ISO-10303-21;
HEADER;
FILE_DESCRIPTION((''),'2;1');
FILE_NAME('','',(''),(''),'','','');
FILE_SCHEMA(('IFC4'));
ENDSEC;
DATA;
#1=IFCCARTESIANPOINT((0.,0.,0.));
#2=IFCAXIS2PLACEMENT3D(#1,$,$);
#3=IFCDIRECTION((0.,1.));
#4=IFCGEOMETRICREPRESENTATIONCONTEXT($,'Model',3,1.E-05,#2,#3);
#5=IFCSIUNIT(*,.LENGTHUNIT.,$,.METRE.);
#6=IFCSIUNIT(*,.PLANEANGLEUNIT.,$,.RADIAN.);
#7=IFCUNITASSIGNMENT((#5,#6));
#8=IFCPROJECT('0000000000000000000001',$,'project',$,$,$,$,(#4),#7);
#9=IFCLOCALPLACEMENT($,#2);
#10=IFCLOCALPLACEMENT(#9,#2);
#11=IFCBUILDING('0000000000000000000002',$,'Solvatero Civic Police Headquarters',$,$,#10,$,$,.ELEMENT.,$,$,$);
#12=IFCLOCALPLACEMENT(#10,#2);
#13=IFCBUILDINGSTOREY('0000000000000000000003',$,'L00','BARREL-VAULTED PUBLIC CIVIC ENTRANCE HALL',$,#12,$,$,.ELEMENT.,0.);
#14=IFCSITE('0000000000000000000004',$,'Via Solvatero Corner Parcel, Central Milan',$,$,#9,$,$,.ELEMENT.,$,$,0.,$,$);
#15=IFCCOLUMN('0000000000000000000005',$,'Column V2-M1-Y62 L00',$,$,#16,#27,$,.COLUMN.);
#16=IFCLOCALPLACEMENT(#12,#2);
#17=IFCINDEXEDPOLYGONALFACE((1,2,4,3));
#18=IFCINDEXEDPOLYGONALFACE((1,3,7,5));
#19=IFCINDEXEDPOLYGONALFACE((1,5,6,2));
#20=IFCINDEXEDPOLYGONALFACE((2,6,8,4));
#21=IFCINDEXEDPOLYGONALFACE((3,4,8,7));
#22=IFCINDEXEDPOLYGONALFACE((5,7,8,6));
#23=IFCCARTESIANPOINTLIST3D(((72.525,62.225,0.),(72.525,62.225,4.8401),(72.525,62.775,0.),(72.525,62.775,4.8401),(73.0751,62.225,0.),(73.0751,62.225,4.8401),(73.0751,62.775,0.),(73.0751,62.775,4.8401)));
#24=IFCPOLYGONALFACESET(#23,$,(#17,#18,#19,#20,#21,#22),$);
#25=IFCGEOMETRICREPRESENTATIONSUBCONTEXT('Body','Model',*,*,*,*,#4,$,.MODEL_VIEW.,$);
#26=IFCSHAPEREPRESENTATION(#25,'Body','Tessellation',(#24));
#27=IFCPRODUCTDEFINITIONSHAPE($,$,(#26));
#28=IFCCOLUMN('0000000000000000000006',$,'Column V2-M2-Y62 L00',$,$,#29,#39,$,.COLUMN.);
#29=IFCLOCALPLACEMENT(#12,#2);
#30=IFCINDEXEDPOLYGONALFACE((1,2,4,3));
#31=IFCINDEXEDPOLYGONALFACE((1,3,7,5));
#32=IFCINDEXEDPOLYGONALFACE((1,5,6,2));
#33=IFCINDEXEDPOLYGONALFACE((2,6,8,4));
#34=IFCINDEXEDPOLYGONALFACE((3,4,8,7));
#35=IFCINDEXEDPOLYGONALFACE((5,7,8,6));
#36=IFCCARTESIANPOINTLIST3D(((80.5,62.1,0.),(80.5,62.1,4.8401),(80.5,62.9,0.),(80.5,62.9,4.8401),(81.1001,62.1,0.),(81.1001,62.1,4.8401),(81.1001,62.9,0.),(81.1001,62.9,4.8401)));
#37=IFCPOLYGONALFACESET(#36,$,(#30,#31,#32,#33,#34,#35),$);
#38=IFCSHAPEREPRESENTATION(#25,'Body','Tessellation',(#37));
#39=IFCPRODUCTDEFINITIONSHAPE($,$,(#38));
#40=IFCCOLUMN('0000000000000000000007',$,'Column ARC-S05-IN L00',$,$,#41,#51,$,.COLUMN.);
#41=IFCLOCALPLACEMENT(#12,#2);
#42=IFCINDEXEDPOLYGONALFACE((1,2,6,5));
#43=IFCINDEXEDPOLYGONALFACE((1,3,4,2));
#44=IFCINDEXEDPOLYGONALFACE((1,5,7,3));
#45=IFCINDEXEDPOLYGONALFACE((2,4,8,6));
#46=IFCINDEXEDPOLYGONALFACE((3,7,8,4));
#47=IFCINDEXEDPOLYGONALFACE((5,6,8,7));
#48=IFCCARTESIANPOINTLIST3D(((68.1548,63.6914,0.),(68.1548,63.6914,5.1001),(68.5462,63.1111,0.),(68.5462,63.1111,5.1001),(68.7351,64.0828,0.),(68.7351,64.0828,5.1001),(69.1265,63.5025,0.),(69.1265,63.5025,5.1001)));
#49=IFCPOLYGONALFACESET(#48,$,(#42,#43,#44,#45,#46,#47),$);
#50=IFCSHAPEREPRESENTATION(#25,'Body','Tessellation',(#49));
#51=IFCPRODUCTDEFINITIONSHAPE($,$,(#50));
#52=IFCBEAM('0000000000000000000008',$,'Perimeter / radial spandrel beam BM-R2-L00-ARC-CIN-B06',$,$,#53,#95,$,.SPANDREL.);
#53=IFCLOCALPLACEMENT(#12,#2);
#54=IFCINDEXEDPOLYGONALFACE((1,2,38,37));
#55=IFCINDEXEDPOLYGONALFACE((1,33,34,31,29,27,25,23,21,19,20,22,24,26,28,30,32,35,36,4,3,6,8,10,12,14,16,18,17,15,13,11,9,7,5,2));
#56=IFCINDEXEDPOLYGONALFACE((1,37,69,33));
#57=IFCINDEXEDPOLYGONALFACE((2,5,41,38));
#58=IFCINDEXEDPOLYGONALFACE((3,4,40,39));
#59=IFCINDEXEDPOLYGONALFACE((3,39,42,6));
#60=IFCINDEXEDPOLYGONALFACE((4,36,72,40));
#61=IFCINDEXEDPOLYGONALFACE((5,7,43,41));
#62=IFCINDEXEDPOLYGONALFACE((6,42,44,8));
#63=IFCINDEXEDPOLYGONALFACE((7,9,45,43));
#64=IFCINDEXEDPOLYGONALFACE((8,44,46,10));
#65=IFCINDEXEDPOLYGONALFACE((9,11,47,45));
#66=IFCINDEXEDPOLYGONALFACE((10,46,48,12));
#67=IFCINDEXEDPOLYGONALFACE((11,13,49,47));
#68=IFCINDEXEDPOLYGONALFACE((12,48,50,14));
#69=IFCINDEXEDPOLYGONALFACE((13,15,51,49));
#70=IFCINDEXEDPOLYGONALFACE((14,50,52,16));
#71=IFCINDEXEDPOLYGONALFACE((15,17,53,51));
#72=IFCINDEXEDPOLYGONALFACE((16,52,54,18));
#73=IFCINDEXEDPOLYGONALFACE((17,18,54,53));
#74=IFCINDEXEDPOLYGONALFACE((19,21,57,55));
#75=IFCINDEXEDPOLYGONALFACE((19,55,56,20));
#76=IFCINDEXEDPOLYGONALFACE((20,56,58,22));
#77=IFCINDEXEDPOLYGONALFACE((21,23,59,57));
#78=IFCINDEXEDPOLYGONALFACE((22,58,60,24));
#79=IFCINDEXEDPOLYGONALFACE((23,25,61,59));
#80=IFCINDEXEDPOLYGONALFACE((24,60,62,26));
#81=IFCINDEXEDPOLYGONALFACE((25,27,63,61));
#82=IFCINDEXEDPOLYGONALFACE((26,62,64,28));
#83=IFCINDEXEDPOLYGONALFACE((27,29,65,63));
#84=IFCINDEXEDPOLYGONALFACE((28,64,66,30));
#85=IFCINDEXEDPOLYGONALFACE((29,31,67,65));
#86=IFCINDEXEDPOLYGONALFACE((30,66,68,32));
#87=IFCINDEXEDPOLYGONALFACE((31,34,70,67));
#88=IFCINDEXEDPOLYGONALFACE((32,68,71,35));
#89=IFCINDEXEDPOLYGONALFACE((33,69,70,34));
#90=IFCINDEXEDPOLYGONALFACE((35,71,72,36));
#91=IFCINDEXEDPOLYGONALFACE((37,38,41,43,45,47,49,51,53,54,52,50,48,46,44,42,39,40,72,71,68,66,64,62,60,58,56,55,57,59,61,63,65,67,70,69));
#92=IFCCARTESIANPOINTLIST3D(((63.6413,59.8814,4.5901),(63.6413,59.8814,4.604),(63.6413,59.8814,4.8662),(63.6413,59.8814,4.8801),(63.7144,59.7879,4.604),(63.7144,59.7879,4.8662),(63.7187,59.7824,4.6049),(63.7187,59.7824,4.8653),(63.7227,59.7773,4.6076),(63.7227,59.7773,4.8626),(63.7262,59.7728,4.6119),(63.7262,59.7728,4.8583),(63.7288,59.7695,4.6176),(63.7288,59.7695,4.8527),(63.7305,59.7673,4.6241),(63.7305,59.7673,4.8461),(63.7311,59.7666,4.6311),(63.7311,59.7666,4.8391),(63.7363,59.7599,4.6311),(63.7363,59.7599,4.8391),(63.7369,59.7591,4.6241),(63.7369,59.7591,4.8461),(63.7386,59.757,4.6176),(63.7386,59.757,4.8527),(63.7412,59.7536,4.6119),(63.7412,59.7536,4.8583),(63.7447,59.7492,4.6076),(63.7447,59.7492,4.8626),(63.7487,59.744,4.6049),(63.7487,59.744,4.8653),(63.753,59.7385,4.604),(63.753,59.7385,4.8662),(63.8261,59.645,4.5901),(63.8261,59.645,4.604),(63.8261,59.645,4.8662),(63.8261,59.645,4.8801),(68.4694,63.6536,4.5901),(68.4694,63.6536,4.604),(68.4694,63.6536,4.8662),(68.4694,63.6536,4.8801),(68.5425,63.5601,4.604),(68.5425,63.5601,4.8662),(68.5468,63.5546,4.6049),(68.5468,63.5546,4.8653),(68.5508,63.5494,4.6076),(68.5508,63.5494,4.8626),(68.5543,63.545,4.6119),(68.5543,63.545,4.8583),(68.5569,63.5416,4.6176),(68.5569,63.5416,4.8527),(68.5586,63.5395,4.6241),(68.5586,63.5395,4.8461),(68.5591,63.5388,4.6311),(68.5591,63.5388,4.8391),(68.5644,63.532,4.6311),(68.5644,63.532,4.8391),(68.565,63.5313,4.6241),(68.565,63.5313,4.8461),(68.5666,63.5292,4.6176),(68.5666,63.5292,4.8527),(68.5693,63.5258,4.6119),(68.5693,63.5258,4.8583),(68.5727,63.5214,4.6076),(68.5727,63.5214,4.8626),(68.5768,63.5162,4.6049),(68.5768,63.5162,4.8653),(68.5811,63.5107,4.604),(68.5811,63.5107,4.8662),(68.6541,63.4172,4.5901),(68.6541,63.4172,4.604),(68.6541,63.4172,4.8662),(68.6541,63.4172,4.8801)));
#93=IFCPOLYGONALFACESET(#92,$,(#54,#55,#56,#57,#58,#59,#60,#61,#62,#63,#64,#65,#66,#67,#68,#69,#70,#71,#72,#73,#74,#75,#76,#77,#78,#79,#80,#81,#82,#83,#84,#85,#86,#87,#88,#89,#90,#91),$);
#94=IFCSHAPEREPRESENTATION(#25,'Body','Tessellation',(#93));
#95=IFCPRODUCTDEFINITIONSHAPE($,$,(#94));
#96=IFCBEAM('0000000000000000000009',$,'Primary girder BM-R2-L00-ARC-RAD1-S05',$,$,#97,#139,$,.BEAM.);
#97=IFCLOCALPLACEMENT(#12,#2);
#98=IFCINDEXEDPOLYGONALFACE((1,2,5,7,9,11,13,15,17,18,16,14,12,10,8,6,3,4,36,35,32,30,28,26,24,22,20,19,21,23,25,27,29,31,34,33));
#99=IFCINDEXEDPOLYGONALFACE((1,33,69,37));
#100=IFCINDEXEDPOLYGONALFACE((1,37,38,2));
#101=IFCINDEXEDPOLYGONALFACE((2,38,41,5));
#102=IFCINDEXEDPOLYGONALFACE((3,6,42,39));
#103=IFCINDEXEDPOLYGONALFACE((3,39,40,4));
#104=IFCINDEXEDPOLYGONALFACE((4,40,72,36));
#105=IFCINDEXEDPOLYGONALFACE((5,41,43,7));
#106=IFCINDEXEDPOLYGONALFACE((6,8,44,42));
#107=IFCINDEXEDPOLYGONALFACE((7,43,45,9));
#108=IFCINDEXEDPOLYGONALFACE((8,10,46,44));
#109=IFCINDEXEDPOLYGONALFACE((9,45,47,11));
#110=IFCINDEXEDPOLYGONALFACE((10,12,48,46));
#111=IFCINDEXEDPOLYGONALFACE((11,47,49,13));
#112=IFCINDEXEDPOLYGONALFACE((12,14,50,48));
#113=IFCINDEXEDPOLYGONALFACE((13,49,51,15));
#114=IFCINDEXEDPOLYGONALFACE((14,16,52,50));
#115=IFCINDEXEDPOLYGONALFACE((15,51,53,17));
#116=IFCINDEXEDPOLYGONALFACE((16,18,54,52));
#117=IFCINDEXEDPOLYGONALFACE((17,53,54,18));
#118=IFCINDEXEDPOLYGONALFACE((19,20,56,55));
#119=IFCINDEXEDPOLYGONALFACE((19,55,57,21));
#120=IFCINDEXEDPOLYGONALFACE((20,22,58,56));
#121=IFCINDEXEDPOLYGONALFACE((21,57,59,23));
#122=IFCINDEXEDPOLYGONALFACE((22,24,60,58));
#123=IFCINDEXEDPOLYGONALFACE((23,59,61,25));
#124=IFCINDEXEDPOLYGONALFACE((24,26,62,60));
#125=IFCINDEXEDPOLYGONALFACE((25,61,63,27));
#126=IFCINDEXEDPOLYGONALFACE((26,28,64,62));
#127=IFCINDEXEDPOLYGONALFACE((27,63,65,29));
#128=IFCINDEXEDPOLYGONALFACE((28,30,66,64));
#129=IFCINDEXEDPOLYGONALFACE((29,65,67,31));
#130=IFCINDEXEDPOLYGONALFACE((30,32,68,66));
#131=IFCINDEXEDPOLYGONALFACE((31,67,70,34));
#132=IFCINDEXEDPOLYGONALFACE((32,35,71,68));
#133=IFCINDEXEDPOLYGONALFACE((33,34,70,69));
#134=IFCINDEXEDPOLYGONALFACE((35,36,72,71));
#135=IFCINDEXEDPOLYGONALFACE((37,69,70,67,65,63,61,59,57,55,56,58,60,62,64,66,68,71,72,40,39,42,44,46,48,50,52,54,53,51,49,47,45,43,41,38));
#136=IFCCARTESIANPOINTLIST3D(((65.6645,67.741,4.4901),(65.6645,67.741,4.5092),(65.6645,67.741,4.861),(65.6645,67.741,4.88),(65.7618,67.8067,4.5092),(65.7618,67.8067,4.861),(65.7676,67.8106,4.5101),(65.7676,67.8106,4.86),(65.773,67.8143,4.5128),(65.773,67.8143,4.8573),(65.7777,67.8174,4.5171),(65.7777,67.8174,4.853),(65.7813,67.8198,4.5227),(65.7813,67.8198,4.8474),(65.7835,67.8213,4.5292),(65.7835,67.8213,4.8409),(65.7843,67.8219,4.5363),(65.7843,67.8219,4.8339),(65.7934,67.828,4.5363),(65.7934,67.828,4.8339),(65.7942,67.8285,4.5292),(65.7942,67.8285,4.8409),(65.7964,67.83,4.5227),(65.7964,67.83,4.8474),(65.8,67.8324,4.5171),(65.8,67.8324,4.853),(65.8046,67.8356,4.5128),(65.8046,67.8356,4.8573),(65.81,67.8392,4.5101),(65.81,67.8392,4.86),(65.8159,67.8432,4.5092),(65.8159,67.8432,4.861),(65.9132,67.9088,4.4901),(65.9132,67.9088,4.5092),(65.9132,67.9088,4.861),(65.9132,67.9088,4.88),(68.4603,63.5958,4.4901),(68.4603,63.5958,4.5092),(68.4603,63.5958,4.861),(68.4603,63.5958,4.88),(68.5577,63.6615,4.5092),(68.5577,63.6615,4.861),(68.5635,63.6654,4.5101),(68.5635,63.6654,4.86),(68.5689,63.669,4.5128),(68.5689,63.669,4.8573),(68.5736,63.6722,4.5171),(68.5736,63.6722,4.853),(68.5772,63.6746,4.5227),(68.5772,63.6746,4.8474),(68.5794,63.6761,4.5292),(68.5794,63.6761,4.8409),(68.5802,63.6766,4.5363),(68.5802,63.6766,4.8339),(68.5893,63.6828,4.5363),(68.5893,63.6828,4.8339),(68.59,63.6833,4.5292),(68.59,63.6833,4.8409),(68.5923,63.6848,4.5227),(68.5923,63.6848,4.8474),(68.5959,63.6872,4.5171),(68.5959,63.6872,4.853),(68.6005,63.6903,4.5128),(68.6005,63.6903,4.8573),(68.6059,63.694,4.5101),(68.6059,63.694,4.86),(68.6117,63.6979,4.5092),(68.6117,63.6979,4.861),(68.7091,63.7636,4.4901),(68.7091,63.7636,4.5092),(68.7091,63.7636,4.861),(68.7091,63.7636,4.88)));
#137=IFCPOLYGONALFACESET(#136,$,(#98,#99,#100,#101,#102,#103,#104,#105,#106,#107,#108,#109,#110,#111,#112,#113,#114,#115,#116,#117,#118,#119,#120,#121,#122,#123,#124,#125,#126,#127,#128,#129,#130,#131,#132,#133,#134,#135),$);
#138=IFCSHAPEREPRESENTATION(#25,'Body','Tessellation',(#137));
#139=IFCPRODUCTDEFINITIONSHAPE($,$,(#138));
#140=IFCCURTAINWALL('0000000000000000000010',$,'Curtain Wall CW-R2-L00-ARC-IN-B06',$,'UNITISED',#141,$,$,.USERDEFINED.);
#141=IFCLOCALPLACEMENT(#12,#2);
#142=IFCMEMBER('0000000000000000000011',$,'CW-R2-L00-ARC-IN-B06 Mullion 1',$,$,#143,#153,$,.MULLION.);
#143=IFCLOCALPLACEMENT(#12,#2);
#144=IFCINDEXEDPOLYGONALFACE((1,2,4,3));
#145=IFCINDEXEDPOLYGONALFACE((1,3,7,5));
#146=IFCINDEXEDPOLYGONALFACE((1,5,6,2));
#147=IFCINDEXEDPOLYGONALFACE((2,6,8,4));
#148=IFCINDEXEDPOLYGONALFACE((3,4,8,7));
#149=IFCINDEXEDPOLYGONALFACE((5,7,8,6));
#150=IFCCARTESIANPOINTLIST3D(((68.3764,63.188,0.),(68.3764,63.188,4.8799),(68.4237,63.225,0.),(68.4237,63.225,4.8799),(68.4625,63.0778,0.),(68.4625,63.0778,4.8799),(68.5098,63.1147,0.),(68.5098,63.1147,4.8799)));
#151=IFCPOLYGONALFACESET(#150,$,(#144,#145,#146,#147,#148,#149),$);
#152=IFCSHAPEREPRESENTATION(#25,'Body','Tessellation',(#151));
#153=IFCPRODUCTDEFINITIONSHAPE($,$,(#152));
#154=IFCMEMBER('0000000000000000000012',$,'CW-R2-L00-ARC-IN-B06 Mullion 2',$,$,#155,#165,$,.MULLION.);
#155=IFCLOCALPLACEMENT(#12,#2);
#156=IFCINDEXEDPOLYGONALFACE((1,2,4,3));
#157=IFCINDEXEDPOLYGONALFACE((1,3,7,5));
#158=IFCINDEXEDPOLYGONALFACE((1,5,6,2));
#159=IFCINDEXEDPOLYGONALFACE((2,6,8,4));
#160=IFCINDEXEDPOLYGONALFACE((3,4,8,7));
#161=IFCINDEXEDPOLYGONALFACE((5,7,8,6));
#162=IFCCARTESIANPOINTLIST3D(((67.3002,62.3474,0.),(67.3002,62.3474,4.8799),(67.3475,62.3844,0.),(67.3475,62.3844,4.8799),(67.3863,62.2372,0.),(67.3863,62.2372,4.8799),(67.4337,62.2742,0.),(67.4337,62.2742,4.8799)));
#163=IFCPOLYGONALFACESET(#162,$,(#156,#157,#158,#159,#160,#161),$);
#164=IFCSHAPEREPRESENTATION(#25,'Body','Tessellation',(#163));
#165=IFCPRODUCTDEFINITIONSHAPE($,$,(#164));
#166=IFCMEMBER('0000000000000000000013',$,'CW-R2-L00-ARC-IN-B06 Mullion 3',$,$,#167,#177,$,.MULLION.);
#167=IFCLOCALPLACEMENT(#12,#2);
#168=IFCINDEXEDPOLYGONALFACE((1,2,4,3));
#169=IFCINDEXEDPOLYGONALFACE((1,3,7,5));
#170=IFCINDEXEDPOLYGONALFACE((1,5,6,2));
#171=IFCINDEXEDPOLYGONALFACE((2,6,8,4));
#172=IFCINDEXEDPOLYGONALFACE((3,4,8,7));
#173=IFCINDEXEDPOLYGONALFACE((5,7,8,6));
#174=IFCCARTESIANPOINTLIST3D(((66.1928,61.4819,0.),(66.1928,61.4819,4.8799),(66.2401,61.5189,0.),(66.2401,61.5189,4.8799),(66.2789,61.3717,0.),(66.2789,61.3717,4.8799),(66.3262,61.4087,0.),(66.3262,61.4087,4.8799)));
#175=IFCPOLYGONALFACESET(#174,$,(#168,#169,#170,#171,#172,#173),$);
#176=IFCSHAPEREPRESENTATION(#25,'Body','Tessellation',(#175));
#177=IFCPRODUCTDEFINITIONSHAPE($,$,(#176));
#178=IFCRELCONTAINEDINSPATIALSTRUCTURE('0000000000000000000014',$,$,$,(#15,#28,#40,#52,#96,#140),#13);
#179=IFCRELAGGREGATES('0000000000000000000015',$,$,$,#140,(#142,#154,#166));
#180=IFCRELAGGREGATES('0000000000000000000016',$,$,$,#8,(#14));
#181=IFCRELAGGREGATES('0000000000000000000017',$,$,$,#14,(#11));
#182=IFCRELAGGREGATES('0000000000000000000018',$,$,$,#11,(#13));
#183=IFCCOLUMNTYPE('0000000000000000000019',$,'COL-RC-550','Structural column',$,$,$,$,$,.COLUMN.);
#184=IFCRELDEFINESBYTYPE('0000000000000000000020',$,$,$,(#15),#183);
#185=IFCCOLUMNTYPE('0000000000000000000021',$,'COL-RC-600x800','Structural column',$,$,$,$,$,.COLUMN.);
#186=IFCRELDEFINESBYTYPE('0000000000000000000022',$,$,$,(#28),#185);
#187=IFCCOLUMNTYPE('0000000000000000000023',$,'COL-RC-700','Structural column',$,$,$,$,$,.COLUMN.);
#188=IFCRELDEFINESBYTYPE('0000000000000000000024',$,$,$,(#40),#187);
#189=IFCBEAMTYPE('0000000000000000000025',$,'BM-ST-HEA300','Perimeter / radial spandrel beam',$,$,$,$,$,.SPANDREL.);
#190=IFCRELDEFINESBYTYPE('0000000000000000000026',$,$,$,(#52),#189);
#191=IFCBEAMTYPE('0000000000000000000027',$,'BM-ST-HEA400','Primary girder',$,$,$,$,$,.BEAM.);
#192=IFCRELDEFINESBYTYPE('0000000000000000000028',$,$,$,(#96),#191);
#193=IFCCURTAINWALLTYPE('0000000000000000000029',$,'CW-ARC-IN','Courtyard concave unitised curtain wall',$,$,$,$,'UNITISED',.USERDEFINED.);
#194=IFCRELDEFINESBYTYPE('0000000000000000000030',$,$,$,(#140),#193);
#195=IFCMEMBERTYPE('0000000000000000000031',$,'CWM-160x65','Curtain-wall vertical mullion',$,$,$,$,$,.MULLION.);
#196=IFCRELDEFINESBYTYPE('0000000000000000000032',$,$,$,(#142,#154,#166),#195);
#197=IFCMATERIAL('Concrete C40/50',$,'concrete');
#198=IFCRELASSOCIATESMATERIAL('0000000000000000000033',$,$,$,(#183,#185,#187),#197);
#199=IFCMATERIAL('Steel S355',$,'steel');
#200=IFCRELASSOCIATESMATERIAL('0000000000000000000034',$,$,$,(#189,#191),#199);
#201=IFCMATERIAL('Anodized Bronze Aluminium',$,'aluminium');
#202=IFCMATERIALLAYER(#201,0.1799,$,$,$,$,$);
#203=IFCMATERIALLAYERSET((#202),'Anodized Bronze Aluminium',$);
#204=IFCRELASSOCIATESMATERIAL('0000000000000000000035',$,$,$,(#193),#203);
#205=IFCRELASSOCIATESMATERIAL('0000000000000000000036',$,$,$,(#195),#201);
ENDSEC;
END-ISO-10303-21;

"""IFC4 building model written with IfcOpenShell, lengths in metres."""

from ifc_helpers import new_model, si_unit, direction, frame, origin, origin_2d, place, context, subcontext, project, spatial, rectangle, i_section, extrude, material, layer, layer_set, material_profile, profile_set, type_object, element, aggregate, save


model = new_model("IFC4")

# Units and contexts
model_context = context("Model", 3, precision=1e-05, world=origin(), true_north=direction((0.0, 1.0)))
body_context = subcontext(model_context, "Body", "Model", "MODEL_VIEW")
ifc_project = project(units=[si_unit("LENGTHUNIT", "METRE"), si_unit("PLANEANGLEUNIT", "RADIAN")], contexts=[model_context])

# Site, building, storey
site_placement = place(None, origin())
site = spatial("IfcSite", under=ifc_project, at=site_placement, Name="Via Solvatero Corner Parcel, Central Milan", CompositionType="ELEMENT", RefElevation=0.0)
building_placement = place(site_placement, origin())
building = spatial("IfcBuilding", under=site, at=building_placement, Name="Solvatero Civic Police Headquarters", CompositionType="ELEMENT")
storey_placement = place(building_placement, origin())
storey = spatial("IfcBuildingStorey", under=building, at=storey_placement, Name="L00", Description="BARREL-VAULTED PUBLIC CIVIC ENTRANCE HALL", CompositionType="ELEMENT", Elevation=0.0)

# Columns
ifc_material_1 = material(Name="Concrete C40/50", Category="concrete")
ifc_material_profile_1 = material_profile(ifc_material_1, rectangle(XDim=0.55, YDim=0.55, at=origin_2d()), Name="RC 550x550")
ifc_profile_set_1 = profile_set([ifc_material_profile_1], Name="Concrete C40/50")
column_type_1 = type_object("IfcColumnType", Name="COL-RC-550", Description="Structural column", PredefinedType="COLUMN", material=ifc_profile_set_1)
column_1_placement = place(storey_placement, frame((72.8, 62.5, 0.0), z_axis=(0.0, 0.0, 1.0), x_axis=(1.0, 0.0, 0.0)))
element("IfcColumn", 1, at=column_1_placement, inside=storey, type_object=column_type_1, Name="Column V2-M1-Y62 L00", PredefinedType="COLUMN", context=body_context, shape_type="SweptSolid", body=[
    extrude(rectangle(XDim=0.55, YDim=0.55, at=origin_2d()), origin(), (0.0, 0.0, 1.0), 4.8401),
])
ifc_material_profile_2 = material_profile(ifc_material_1, rectangle(XDim=0.6001, YDim=0.8, at=origin_2d()), Name="RC 600x800")
ifc_profile_set_2 = profile_set([ifc_material_profile_2], Name="Concrete C40/50")
column_type_2 = type_object("IfcColumnType", Name="COL-RC-600x800", Description="Structural column", PredefinedType="COLUMN", material=ifc_profile_set_2)
column_2_placement = place(storey_placement, frame((80.8, 62.5, 0.0), z_axis=(0.0, 0.0, 1.0), x_axis=(1.0, 0.0, 0.0)))
element("IfcColumn", 2, at=column_2_placement, inside=storey, type_object=column_type_2, Name="Column V2-M2-Y62 L00", PredefinedType="COLUMN", context=body_context, shape_type="SweptSolid", body=[
    extrude(rectangle(XDim=0.6001, YDim=0.8, at=origin_2d()), origin(), (0.0, 0.0, 1.0), 4.8401),
])
ifc_material_profile_3 = material_profile(ifc_material_1, rectangle(XDim=0.7, YDim=0.7, at=origin_2d()), Name="RC 700x700")
ifc_profile_set_3 = profile_set([ifc_material_profile_3], Name="Concrete C40/50")
column_type_3 = type_object("IfcColumnType", Name="COL-RC-700", Description="Structural column", PredefinedType="COLUMN", material=ifc_profile_set_3)
column_3_placement = place(storey_placement, frame((68.6406, 63.5969, 0.0), z_axis=(0.0, 0.0, 1.0), x_axis=(0.829038, 0.559193, 0.0)))
element("IfcColumn", 3, at=column_3_placement, inside=storey, type_object=column_type_3, Name="Column ARC-S05-IN L00", PredefinedType="COLUMN", context=body_context, shape_type="SweptSolid", body=[
    extrude(rectangle(XDim=0.7, YDim=0.7, at=origin_2d()), origin(), (0.0, 0.0, 1.0), 5.1001),
])

# Beams
ifc_material_2 = material(Name="Steel S355", Category="steel")
ifc_material_profile_4 = material_profile(ifc_material_2, i_section(OverallWidth=0.3, OverallDepth=0.29, WebThickness=0.0085, FlangeThickness=0.0139, FilletRadius=0.0271, at=origin_2d()), Name="HEA 300")
ifc_profile_set_4 = profile_set([ifc_material_profile_4], Name="Steel S355")
beam_type_1 = type_object("IfcBeamType", Name="BM-ST-HEA300", Description="Perimeter / radial spandrel beam", PredefinedType="SPANDREL", material=ifc_profile_set_4)
beam_1_placement = place(storey_placement, frame((68.5618, 63.5354, 4.7351), z_axis=(-0.788005, -0.615669, 0.0), x_axis=(0.615669, -0.788005, 0.0)))
element("IfcBeam", 4, at=beam_1_placement, inside=storey, type_object=beam_type_1, Name="Perimeter / radial spandrel beam BM-R2-L00-ARC-CIN-B06", PredefinedType="SPANDREL", context=body_context, shape_type="SweptSolid", body=[
    extrude(i_section(OverallWidth=0.3, OverallDepth=0.29, WebThickness=0.0085, FlangeThickness=0.0139, FilletRadius=0.0271, at=origin_2d()), origin(), (0.0, 0.0, 1.0), 6.127),
])
ifc_material_profile_5 = material_profile(ifc_material_2, i_section(OverallWidth=0.3, OverallDepth=0.3899, WebThickness=0.011, FlangeThickness=0.019, FilletRadius=0.0271, at=origin_2d()), Name="HEA 400")
ifc_profile_set_5 = profile_set([ifc_material_profile_5], Name="Steel S355")
beam_type_2 = type_object("IfcBeamType", Name="BM-ST-HEA400", Description="Primary girder", PredefinedType="BEAM", material=ifc_profile_set_5)
beam_2_placement = place(storey_placement, frame((68.5847, 63.6797, 4.6851), z_axis=(-0.559177, 0.829048, 0.0), x_axis=(-0.829048, -0.559177, 0.0)))
element("IfcBeam", 5, at=beam_2_placement, inside=storey, type_object=beam_type_2, Name="Primary girder BM-R2-L00-ARC-RAD1-S05", PredefinedType="BEAM", context=body_context, shape_type="SweptSolid", body=[
    extrude(i_section(OverallWidth=0.3, OverallDepth=0.3899, WebThickness=0.011, FlangeThickness=0.019, FilletRadius=0.0271, at=origin_2d()), origin(), (0.0, 0.0, 1.0), 5.0),
])

# Curtain wall, members
ifc_material_3 = material(Name="Anodized Bronze Aluminium", Category="aluminium")
ifc_layer_1 = layer(ifc_material_3, 0.1799)
ifc_layer_set_1 = layer_set([ifc_layer_1], Name="Anodized Bronze Aluminium")
curtain_wall_type = type_object("IfcCurtainWallType", Name="CW-ARC-IN", Description="Courtyard concave unitised curtain wall", ElementType="UNITISED", PredefinedType="USERDEFINED", material=ifc_layer_set_1)
curtain_wall_1_placement = place(storey_placement, origin())
curtain_wall_1 = element("IfcCurtainWall", 6, at=curtain_wall_1_placement, inside=storey, type_object=curtain_wall_type, Name="Curtain Wall CW-R2-L00-ARC-IN-B06", ObjectType="UNITISED", PredefinedType="USERDEFINED")
ifc_material_profile_6 = material_profile(ifc_material_3, rectangle(XDim=0.0601, YDim=0.1399, at=origin_2d()), Name="ALU MULLION 60x140")
ifc_profile_set_6 = profile_set([ifc_material_profile_6], Name="Anodized Bronze Aluminium")
member_type_1 = type_object("IfcMemberType", Name="CWM-160x65", Description="Curtain-wall vertical mullion", PredefinedType="MULLION", material=ifc_profile_set_6)
member_1_placement = place(storey_placement, frame((68.4431, 63.1514, 0.0), z_axis=(0.0, 0.0, 1.0), x_axis=(-0.788011, -0.615661, 0.0)))
member_1 = element("IfcMember", 7, at=member_1_placement, type_object=member_type_1, Name="CW-R2-L00-ARC-IN-B06 Mullion 1", PredefinedType="MULLION", context=body_context, shape_type="SweptSolid", body=[
    extrude(rectangle(XDim=0.0601, YDim=0.1399, at=origin_2d()), origin(), (0.0, 0.0, 1.0), 4.8799),
])
member_2_placement = place(storey_placement, frame((67.3669, 62.3108, 0.0), z_axis=(0.0, 0.0, 1.0), x_axis=(-0.788011, -0.615661, 0.0)))
member_2 = element("IfcMember", 8, at=member_2_placement, type_object=member_type_1, Name="CW-R2-L00-ARC-IN-B06 Mullion 2", PredefinedType="MULLION", context=body_context, shape_type="SweptSolid", body=[
    extrude(rectangle(XDim=0.0601, YDim=0.1399, at=origin_2d()), origin(), (0.0, 0.0, 1.0), 4.8799),
])
member_3_placement = place(storey_placement, frame((66.2595, 61.4453, 0.0), z_axis=(0.0, 0.0, 1.0), x_axis=(-0.788011, -0.615661, 0.0)))
member_3 = element("IfcMember", 9, at=member_3_placement, type_object=member_type_1, Name="CW-R2-L00-ARC-IN-B06 Mullion 3", PredefinedType="MULLION", context=body_context, shape_type="SweptSolid", body=[
    extrude(rectangle(XDim=0.0601, YDim=0.1399, at=origin_2d()), origin(), (0.0, 0.0, 1.0), 4.8799),
])

aggregate(curtain_wall_1, [member_1, member_2, member_3])

save(model, "model.ifc")
